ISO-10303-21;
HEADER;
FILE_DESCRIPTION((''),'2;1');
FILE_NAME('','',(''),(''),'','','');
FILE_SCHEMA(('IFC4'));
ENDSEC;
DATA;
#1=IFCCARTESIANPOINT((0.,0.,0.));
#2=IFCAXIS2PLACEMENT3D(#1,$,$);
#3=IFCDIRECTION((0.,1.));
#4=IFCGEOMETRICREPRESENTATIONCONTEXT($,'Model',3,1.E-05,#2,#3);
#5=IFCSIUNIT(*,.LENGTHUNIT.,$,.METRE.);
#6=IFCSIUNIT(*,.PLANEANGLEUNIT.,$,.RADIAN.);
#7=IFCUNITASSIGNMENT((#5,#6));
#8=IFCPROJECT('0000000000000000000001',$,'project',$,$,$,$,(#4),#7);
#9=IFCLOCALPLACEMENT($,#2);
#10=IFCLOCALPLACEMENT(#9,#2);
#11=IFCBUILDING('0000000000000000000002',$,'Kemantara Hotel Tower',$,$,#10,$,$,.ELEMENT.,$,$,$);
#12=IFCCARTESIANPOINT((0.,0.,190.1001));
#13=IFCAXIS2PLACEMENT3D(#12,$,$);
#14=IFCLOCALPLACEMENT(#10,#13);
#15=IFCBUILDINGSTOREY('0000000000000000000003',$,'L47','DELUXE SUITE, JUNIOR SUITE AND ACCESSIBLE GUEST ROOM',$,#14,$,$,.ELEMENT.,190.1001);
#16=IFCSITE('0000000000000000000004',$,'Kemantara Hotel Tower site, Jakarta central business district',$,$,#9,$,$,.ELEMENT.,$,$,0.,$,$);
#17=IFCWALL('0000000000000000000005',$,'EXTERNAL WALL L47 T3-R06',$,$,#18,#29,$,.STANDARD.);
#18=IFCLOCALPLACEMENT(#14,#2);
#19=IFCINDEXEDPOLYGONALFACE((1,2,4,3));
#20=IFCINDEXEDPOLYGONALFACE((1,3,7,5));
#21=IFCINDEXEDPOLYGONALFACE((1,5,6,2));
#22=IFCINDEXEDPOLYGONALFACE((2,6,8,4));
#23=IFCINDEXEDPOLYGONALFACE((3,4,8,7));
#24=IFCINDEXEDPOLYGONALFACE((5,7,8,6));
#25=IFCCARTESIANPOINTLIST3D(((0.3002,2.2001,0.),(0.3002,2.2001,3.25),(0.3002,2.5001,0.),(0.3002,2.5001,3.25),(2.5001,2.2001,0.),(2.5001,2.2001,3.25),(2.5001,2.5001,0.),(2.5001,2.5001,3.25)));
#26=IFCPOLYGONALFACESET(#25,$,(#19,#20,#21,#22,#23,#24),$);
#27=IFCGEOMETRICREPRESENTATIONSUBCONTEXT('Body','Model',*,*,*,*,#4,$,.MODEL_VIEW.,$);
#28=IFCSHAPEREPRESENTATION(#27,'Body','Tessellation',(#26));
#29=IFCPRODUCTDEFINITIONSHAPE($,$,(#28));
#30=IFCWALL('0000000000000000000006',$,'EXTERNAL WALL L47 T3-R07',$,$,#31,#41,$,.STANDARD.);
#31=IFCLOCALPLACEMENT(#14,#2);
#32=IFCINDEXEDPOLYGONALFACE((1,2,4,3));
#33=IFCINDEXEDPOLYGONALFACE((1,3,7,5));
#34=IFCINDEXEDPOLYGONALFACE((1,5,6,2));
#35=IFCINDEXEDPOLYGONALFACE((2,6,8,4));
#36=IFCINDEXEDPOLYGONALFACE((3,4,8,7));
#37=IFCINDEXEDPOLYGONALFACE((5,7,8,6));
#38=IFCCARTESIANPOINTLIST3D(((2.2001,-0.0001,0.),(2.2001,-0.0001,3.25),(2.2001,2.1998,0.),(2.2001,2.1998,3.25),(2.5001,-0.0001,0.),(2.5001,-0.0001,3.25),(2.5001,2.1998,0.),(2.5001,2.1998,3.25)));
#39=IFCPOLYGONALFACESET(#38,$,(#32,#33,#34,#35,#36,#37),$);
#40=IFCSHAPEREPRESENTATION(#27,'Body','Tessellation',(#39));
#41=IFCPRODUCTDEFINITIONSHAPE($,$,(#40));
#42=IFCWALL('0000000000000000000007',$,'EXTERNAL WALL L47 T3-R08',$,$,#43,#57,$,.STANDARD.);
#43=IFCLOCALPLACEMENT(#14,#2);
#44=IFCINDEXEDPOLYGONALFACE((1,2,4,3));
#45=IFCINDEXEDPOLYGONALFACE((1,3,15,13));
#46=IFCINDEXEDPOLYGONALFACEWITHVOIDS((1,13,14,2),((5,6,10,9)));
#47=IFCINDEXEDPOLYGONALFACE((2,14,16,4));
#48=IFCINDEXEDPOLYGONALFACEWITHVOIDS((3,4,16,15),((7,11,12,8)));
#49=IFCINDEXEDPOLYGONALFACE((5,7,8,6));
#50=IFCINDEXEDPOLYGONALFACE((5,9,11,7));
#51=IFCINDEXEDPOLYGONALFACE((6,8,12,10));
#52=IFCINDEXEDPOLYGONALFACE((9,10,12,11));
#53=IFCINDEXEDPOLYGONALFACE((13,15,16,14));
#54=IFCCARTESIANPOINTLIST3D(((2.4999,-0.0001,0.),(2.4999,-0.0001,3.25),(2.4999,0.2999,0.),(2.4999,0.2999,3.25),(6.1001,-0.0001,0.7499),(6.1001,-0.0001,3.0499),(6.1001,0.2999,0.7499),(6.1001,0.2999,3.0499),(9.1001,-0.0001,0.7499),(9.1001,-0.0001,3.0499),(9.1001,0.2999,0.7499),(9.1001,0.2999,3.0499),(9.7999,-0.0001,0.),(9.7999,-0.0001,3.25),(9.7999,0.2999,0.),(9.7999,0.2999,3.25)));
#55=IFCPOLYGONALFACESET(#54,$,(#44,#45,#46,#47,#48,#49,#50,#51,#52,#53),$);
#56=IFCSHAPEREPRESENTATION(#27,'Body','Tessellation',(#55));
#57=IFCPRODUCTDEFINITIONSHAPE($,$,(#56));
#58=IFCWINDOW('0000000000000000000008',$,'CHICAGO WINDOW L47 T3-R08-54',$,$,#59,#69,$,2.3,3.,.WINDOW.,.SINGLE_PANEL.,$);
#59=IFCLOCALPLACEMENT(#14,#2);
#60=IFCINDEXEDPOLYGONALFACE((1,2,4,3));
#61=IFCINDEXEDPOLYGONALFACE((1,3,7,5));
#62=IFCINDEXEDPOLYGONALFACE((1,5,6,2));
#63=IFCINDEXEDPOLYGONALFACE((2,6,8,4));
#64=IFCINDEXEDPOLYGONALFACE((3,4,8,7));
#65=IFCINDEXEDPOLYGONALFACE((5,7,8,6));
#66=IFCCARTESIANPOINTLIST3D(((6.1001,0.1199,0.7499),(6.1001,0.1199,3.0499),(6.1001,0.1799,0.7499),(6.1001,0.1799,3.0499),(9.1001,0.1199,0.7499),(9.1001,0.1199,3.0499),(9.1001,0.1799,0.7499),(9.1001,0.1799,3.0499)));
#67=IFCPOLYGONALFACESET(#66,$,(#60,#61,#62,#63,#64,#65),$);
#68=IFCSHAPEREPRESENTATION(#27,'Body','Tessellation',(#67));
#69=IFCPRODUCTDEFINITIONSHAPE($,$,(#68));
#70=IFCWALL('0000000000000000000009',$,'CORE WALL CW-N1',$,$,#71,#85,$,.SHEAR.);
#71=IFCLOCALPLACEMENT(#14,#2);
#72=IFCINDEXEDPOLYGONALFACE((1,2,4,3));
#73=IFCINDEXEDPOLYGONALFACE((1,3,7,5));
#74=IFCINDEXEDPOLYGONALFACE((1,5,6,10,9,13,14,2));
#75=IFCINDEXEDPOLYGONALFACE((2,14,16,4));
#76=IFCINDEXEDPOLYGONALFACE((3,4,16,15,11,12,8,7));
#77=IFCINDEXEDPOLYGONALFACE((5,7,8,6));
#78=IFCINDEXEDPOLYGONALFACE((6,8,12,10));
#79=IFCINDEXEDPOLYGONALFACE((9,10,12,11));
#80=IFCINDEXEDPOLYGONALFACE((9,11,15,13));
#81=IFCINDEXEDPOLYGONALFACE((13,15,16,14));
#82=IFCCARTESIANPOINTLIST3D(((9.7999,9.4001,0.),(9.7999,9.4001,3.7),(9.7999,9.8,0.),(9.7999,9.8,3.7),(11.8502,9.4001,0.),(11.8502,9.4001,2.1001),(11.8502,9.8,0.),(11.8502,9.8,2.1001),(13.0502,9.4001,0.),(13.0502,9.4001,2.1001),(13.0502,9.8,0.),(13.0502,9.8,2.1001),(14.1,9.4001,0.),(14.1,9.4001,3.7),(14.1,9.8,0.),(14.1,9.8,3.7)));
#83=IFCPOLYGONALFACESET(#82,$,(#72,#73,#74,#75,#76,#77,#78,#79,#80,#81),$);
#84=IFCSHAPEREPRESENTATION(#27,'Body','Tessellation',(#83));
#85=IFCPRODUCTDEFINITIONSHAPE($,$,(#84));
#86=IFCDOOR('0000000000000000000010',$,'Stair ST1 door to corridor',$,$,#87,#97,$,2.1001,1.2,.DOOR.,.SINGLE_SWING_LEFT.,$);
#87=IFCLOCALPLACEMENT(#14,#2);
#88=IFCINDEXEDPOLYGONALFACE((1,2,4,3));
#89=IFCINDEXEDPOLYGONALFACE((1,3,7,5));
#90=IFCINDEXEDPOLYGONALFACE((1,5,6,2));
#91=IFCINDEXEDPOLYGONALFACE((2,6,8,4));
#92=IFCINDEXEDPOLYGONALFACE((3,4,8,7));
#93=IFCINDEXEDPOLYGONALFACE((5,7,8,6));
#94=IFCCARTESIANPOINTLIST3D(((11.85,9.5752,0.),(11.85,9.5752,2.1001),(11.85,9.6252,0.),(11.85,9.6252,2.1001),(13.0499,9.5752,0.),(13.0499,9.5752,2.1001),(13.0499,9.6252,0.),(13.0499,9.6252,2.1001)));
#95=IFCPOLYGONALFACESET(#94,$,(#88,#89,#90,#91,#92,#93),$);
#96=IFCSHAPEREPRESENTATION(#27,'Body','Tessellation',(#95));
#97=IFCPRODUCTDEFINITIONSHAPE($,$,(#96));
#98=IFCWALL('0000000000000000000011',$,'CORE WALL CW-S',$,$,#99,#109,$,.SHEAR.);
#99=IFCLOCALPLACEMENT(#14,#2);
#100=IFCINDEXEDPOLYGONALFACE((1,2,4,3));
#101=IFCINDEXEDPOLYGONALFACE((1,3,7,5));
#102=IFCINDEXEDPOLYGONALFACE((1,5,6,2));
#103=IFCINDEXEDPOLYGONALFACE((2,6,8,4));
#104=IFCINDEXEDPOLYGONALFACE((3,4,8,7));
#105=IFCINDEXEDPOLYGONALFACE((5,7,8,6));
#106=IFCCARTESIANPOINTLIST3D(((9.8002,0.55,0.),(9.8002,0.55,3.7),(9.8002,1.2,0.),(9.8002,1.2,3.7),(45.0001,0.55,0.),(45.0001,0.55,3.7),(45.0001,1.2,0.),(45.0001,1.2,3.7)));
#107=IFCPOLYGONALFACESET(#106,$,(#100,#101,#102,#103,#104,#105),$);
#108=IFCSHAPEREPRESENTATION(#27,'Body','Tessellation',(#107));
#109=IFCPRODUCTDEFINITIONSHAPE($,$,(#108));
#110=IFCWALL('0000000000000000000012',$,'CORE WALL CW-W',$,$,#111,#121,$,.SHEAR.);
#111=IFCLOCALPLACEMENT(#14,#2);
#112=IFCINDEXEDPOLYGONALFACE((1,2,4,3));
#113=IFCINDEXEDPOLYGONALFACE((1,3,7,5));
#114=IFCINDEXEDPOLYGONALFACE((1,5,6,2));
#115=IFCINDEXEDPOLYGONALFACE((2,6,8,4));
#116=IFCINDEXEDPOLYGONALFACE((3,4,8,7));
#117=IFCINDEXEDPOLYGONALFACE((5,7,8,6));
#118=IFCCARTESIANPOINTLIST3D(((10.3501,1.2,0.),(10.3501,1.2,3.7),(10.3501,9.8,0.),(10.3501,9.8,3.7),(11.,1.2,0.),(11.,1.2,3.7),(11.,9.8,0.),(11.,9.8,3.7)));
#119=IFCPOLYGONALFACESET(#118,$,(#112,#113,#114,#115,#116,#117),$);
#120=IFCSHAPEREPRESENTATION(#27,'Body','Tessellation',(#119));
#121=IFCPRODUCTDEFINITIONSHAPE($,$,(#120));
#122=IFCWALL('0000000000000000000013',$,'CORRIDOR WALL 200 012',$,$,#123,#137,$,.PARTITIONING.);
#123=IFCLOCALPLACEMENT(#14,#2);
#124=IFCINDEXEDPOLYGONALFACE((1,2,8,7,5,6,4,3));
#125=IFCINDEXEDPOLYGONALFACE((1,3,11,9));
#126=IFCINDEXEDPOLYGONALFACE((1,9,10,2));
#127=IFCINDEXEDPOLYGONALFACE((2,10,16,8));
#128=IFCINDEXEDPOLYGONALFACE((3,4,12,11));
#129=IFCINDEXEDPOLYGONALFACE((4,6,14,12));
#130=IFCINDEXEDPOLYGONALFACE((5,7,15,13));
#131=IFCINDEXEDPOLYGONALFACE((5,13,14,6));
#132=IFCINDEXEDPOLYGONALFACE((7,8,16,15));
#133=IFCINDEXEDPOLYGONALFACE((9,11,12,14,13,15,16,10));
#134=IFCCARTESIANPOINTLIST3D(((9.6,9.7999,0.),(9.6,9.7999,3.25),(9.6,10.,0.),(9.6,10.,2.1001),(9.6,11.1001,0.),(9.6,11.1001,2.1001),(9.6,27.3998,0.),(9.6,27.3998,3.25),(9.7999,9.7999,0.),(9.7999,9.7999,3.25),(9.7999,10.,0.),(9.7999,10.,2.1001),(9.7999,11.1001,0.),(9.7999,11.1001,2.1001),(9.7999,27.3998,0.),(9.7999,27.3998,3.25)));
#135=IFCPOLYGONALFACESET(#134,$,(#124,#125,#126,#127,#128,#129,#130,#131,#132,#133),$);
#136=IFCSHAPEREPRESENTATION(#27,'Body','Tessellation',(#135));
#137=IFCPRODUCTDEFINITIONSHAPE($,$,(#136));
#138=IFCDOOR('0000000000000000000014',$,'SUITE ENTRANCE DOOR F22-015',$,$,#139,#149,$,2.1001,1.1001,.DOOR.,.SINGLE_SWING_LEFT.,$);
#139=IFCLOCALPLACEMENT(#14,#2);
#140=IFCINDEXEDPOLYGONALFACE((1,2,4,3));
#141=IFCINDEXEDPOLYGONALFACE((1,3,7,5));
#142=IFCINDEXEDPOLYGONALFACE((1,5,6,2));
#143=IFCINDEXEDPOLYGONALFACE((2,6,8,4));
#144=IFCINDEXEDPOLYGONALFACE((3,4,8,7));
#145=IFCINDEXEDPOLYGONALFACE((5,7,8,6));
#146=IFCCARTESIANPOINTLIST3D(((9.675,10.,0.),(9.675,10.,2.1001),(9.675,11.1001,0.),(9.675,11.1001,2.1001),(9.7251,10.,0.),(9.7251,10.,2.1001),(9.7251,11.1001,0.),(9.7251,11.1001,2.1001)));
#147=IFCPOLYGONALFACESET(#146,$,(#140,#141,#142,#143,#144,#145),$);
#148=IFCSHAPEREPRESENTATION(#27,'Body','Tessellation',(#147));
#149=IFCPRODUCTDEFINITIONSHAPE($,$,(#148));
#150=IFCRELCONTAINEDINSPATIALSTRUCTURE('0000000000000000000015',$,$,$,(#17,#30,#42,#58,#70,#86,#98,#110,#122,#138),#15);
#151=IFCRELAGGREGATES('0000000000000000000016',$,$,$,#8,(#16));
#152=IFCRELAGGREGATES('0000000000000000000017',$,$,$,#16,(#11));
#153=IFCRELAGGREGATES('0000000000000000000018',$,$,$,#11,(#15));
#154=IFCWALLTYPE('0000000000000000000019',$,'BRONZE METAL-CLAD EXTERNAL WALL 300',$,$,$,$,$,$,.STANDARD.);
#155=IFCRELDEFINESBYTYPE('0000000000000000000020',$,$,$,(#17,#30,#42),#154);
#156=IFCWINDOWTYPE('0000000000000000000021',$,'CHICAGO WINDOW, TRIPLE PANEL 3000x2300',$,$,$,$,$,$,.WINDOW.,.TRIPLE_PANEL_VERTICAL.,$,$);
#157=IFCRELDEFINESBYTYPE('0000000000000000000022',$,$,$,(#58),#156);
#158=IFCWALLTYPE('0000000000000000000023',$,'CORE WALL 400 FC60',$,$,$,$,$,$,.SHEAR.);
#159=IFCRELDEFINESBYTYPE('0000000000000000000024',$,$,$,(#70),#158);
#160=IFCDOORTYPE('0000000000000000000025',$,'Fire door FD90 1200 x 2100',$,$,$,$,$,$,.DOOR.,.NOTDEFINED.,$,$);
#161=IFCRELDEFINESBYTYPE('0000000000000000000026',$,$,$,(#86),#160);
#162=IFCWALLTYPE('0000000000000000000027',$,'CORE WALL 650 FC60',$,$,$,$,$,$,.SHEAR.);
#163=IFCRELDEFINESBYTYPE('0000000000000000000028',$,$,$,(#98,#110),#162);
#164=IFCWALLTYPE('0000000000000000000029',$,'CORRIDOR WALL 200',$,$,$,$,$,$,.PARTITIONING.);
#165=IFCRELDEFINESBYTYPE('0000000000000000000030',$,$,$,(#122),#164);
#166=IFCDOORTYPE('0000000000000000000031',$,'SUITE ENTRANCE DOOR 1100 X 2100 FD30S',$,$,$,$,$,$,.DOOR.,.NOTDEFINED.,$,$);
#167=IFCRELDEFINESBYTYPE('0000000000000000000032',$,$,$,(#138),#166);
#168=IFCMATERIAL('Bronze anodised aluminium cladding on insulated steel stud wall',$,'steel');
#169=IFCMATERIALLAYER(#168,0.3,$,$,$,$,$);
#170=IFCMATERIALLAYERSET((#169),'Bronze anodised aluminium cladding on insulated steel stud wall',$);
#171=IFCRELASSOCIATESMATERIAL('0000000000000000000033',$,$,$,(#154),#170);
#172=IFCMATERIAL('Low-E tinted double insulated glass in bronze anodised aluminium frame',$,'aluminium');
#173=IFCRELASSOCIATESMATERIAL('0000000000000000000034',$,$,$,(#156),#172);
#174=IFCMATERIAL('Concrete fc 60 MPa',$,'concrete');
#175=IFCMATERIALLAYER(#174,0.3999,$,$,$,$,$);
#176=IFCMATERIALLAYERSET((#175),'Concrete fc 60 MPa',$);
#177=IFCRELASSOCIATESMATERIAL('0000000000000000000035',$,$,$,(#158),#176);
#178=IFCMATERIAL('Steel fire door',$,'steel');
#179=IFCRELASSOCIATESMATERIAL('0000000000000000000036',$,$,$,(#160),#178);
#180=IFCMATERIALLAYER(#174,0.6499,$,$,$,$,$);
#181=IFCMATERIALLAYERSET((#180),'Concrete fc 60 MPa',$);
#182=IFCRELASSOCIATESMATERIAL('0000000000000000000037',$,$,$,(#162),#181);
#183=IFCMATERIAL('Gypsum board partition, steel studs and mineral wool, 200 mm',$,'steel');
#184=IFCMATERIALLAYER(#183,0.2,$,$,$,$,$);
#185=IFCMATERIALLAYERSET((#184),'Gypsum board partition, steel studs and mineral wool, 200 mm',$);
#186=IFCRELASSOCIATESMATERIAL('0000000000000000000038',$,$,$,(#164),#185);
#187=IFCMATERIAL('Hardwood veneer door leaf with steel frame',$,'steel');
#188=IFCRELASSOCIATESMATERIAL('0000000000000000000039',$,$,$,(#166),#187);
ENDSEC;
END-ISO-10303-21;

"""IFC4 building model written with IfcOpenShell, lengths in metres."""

from ifc_helpers import new_model, si_unit, direction, frame, frame_2d, origin, place, context, subcontext, project, spatial, rectangle, extrude, material, layer, layer_set, type_object, element, fill, save


model = new_model("IFC4")

# Units and contexts
model_context = context("Model", 3, precision=1e-05, world=origin(), true_north=direction((0.0, 1.0)))
body_context = subcontext(model_context, "Body", "Model", "MODEL_VIEW")
ifc_project = project(units=[si_unit("LENGTHUNIT", "METRE"), si_unit("PLANEANGLEUNIT", "RADIAN")], contexts=[model_context])

# Site, building, storey
site_placement = place(None, origin())
site = spatial("IfcSite", under=ifc_project, at=site_placement, Name="Kemantara Hotel Tower site, Jakarta central business district", CompositionType="ELEMENT", RefElevation=0.0)
building_placement = place(site_placement, origin())
building = spatial("IfcBuilding", under=site, at=building_placement, Name="Kemantara Hotel Tower", CompositionType="ELEMENT")
storey_placement = place(building_placement, frame((0.0, 0.0, 190.1001)))
storey = spatial("IfcBuildingStorey", under=building, at=storey_placement, Name="L47", Description="DELUXE SUITE, JUNIOR SUITE AND ACCESSIBLE GUEST ROOM", CompositionType="ELEMENT", Elevation=190.1001)

# Shared definitions
ifc_material_1 = material(Name="Concrete fc 60 MPa", Category="concrete")

# Walls
ifc_material_2 = material(Name="Bronze anodised aluminium cladding on insulated steel stud wall", Category="steel")
ifc_layer_1 = layer(ifc_material_2, 0.3)
ifc_layer_set_1 = layer_set([ifc_layer_1], Name="Bronze anodised aluminium cladding on insulated steel stud wall")
wall_type_1 = type_object("IfcWallType", Name="BRONZE METAL-CLAD EXTERNAL WALL 300", PredefinedType="STANDARD", material=ifc_layer_set_1)
for number, where, z_axis, x_axis, name in (
    (1, (0.3, 2.3501, 0.0), (0.0, 0.0, 1.0), (1.0, 0.0, 0.0), "EXTERNAL WALL L47 T3-R06"),
    (2, (2.3501, 2.2, 0.0), (0.0, 0.0, 1.0), (0.0, -1.0, 0.0), "EXTERNAL WALL L47 T3-R07"),
):
    element("IfcWall", number, at=place(storey_placement, frame(where, z_axis=z_axis, x_axis=x_axis)), inside=storey, type_object=wall_type_1, Name=name, PredefinedType="STANDARD", context=body_context, shape_type="SweptSolid", body=[
        extrude(rectangle(XDim=2.2, YDim=0.3, at=frame_2d((1.1001, 0.0))), origin(), (0.0, 0.0, 1.0), 3.25),
    ])

# Wall, opening, window
wall_1_placement = place(storey_placement, frame((2.5, 0.1499, 0.0), z_axis=(0.0, 0.0, 1.0), x_axis=(1.0, 0.0, 0.0)))
wall_1 = element("IfcWall", 3, at=wall_1_placement, inside=storey, type_object=wall_type_1, Name="EXTERNAL WALL L47 T3-R08", PredefinedType="STANDARD", context=body_context, shape_type="SweptSolid", body=[
    extrude(rectangle(XDim=7.3, YDim=0.3, at=frame_2d((3.6499, 0.0))), origin(), (0.0, 0.0, 1.0), 3.25),
])
opening_1_placement = place(wall_1_placement, frame((3.6001, 0.0, 0.75)))
opening_1 = element("IfcOpeningElement", 4, at=opening_1_placement, cuts=wall_1, PredefinedType="OPENING", context=body_context, shape_type="SweptSolid", body=[
    extrude(rectangle(XDim=3.0, YDim=2.3, at=frame_2d((1.5, 1.1499))), frame((0.0, 0.1599, 0.0), z_axis=(0.0, -1.0, 0.0), x_axis=(1.0, 0.0, 0.0)), (0.0, 0.0, 1.0), 0.3201),
])
ifc_material_3 = material(Name="Low-E tinted double insulated glass in bronze anodised aluminium frame", Category="aluminium")
window_type = type_object("IfcWindowType", Name="CHICAGO WINDOW, TRIPLE PANEL 3000x2300", PartitioningType="TRIPLE_PANEL_VERTICAL", PredefinedType="WINDOW", material=ifc_material_3)
window_placement = place(opening_1_placement, origin())
window = element("IfcWindow", 5, at=window_placement, inside=storey, type_object=window_type, Name="CHICAGO WINDOW L47 T3-R08-54", OverallHeight=2.3, OverallWidth=3.0, PartitioningType="SINGLE_PANEL", PredefinedType="WINDOW", context=body_context, shape_type="SweptSolid", body=[
    extrude(rectangle(XDim=3.0, YDim=2.3, at=frame_2d((1.5, 1.1499))), frame((0.0, 0.03, 0.0), z_axis=(0.0, -1.0, 0.0), x_axis=(1.0, 0.0, 0.0)), (0.0, 0.0, 1.0), 0.0601),
])
fill(opening_1, window)

# Wall, opening, door
ifc_layer_2 = layer(ifc_material_1, 0.3999)
ifc_layer_set_2 = layer_set([ifc_layer_2], Name="Concrete fc 60 MPa")
wall_type_2 = type_object("IfcWallType", Name="CORE WALL 400 FC60", PredefinedType="SHEAR", material=ifc_layer_set_2)
wall_2_placement = place(storey_placement, frame((9.8, 9.6001, 0.0), z_axis=(0.0, 0.0, 1.0), x_axis=(1.0, 0.0, 0.0)))
wall_2 = element("IfcWall", 6, at=wall_2_placement, inside=storey, type_object=wall_type_2, Name="CORE WALL CW-N1", PredefinedType="SHEAR", context=body_context, shape_type="SweptSolid", body=[
    extrude(rectangle(XDim=4.3, YDim=0.3999, at=frame_2d((2.1499, 0.0))), origin(), (0.0, 0.0, 1.0), 3.7),
])
opening_2_placement = place(wall_2_placement, frame((2.05, 0.0, 0.0)))
opening_2 = element("IfcOpeningElement", 7, at=opening_2_placement, cuts=wall_2, PredefinedType="OPENING", context=body_context, shape_type="SweptSolid", body=[
    extrude(rectangle(XDim=1.2, YDim=2.1001, at=frame_2d((0.6001, 1.05))), frame((0.0, 0.21, 0.0), z_axis=(0.0, -1.0, 0.0), x_axis=(1.0, 0.0, 0.0)), (0.0, 0.0, 1.0), 0.4199),
])
ifc_material_4 = material(Name="Steel fire door", Category="steel")
door_type_1 = type_object("IfcDoorType", Name="Fire door FD90 1200 x 2100", OperationType="NOTDEFINED", PredefinedType="DOOR", material=ifc_material_4)
door_1_placement = place(opening_2_placement, frame((1.2, 0.0, 0.0), z_axis=(0.0, 0.0, 1.0), x_axis=(-1.0, 0.0, 0.0)))
door_1 = element("IfcDoor", 8, at=door_1_placement, inside=storey, type_object=door_type_1, Name="Stair ST1 door to corridor", OperationType="SINGLE_SWING_LEFT", OverallHeight=2.1001, OverallWidth=1.2, PredefinedType="DOOR", context=body_context, shape_type="SweptSolid", body=[
    extrude(rectangle(XDim=1.2, YDim=2.1001, at=frame_2d((0.6001, 1.05))), frame((0.0, 0.0249, 0.0), z_axis=(0.0, -1.0, 0.0), x_axis=(1.0, 0.0, 0.0)), (0.0, 0.0, 1.0), 0.05),
])
fill(opening_2, door_1)

# Walls
ifc_layer_3 = layer(ifc_material_1, 0.6499)
ifc_layer_set_3 = layer_set([ifc_layer_3], Name="Concrete fc 60 MPa")
wall_type_3 = type_object("IfcWallType", Name="CORE WALL 650 FC60", PredefinedType="SHEAR", material=ifc_layer_set_3)
wall_3_placement = place(storey_placement, frame((9.8, 0.875, 0.0), z_axis=(0.0, 0.0, 1.0), x_axis=(1.0, 0.0, 0.0)))
element("IfcWall", 9, at=wall_3_placement, inside=storey, type_object=wall_type_3, Name="CORE WALL CW-S", PredefinedType="SHEAR", context=body_context, shape_type="SweptSolid", body=[
    extrude(rectangle(XDim=35.2, YDim=0.6499, at=frame_2d((17.6001, 0.0))), origin(), (0.0, 0.0, 1.0), 3.7),
])
wall_4_placement = place(storey_placement, frame((10.675, 1.2, 0.0), z_axis=(0.0, 0.0, 1.0), x_axis=(0.0, 1.0, 0.0)))
element("IfcWall", 10, at=wall_4_placement, inside=storey, type_object=wall_type_3, Name="CORE WALL CW-W", PredefinedType="SHEAR", context=body_context, shape_type="SweptSolid", body=[
    extrude(rectangle(XDim=8.6001, YDim=0.6499, at=frame_2d((4.3, 0.0))), origin(), (0.0, 0.0, 1.0), 3.7),
])

# Wall, opening, door
ifc_material_5 = material(Name="Gypsum board partition, steel studs and mineral wool, 200 mm", Category="steel")
ifc_layer_4 = layer(ifc_material_5, 0.2)
ifc_layer_set_4 = layer_set([ifc_layer_4], Name="Gypsum board partition, steel studs and mineral wool, 200 mm")
wall_type_4 = type_object("IfcWallType", Name="CORRIDOR WALL 200", PredefinedType="PARTITIONING", material=ifc_layer_set_4)
wall_5_placement = place(storey_placement, frame((9.7, 9.8, 0.0), z_axis=(0.0, 0.0, 1.0), x_axis=(0.0, 1.0, 0.0)))
wall_5 = element("IfcWall", 11, at=wall_5_placement, inside=storey, type_object=wall_type_4, Name="CORRIDOR WALL 200 012", PredefinedType="PARTITIONING", context=body_context, shape_type="SweptSolid", body=[
    extrude(rectangle(XDim=17.5999, YDim=0.2, at=frame_2d((8.7998, 0.0))), origin(), (0.0, 0.0, 1.0), 3.25),
])
opening_3_placement = place(wall_5_placement, frame((0.2, 0.0, 0.0)))
opening_3 = element("IfcOpeningElement", 12, at=opening_3_placement, cuts=wall_5, PredefinedType="OPENING", context=body_context, shape_type="SweptSolid", body=[
    extrude(rectangle(XDim=1.1001, YDim=2.1001, at=frame_2d((0.55, 1.05))), frame((0.0, 0.1099, 0.0), z_axis=(0.0, -1.0, 0.0), x_axis=(1.0, 0.0, 0.0)), (0.0, 0.0, 1.0), 0.22),
])
ifc_material_6 = material(Name="Hardwood veneer door leaf with steel frame", Category="steel")
door_type_2 = type_object("IfcDoorType", Name="SUITE ENTRANCE DOOR 1100 X 2100 FD30S", OperationType="NOTDEFINED", PredefinedType="DOOR", material=ifc_material_6)
door_2_placement = place(opening_3_placement, origin())
door_2 = element("IfcDoor", 13, at=door_2_placement, inside=storey, type_object=door_type_2, Name="SUITE ENTRANCE DOOR F22-015", OperationType="SINGLE_SWING_LEFT", OverallHeight=2.1001, OverallWidth=1.1001, PredefinedType="DOOR", context=body_context, shape_type="SweptSolid", body=[
    extrude(rectangle(XDim=1.1001, YDim=2.1001, at=frame_2d((0.55, 1.05))), frame((0.0, 0.0249, 0.0), z_axis=(0.0, -1.0, 0.0), x_axis=(1.0, 0.0, 0.0)), (0.0, 0.0, 1.0), 0.05),
])
fill(opening_3, door_2)

save(model, "model.ifc")
